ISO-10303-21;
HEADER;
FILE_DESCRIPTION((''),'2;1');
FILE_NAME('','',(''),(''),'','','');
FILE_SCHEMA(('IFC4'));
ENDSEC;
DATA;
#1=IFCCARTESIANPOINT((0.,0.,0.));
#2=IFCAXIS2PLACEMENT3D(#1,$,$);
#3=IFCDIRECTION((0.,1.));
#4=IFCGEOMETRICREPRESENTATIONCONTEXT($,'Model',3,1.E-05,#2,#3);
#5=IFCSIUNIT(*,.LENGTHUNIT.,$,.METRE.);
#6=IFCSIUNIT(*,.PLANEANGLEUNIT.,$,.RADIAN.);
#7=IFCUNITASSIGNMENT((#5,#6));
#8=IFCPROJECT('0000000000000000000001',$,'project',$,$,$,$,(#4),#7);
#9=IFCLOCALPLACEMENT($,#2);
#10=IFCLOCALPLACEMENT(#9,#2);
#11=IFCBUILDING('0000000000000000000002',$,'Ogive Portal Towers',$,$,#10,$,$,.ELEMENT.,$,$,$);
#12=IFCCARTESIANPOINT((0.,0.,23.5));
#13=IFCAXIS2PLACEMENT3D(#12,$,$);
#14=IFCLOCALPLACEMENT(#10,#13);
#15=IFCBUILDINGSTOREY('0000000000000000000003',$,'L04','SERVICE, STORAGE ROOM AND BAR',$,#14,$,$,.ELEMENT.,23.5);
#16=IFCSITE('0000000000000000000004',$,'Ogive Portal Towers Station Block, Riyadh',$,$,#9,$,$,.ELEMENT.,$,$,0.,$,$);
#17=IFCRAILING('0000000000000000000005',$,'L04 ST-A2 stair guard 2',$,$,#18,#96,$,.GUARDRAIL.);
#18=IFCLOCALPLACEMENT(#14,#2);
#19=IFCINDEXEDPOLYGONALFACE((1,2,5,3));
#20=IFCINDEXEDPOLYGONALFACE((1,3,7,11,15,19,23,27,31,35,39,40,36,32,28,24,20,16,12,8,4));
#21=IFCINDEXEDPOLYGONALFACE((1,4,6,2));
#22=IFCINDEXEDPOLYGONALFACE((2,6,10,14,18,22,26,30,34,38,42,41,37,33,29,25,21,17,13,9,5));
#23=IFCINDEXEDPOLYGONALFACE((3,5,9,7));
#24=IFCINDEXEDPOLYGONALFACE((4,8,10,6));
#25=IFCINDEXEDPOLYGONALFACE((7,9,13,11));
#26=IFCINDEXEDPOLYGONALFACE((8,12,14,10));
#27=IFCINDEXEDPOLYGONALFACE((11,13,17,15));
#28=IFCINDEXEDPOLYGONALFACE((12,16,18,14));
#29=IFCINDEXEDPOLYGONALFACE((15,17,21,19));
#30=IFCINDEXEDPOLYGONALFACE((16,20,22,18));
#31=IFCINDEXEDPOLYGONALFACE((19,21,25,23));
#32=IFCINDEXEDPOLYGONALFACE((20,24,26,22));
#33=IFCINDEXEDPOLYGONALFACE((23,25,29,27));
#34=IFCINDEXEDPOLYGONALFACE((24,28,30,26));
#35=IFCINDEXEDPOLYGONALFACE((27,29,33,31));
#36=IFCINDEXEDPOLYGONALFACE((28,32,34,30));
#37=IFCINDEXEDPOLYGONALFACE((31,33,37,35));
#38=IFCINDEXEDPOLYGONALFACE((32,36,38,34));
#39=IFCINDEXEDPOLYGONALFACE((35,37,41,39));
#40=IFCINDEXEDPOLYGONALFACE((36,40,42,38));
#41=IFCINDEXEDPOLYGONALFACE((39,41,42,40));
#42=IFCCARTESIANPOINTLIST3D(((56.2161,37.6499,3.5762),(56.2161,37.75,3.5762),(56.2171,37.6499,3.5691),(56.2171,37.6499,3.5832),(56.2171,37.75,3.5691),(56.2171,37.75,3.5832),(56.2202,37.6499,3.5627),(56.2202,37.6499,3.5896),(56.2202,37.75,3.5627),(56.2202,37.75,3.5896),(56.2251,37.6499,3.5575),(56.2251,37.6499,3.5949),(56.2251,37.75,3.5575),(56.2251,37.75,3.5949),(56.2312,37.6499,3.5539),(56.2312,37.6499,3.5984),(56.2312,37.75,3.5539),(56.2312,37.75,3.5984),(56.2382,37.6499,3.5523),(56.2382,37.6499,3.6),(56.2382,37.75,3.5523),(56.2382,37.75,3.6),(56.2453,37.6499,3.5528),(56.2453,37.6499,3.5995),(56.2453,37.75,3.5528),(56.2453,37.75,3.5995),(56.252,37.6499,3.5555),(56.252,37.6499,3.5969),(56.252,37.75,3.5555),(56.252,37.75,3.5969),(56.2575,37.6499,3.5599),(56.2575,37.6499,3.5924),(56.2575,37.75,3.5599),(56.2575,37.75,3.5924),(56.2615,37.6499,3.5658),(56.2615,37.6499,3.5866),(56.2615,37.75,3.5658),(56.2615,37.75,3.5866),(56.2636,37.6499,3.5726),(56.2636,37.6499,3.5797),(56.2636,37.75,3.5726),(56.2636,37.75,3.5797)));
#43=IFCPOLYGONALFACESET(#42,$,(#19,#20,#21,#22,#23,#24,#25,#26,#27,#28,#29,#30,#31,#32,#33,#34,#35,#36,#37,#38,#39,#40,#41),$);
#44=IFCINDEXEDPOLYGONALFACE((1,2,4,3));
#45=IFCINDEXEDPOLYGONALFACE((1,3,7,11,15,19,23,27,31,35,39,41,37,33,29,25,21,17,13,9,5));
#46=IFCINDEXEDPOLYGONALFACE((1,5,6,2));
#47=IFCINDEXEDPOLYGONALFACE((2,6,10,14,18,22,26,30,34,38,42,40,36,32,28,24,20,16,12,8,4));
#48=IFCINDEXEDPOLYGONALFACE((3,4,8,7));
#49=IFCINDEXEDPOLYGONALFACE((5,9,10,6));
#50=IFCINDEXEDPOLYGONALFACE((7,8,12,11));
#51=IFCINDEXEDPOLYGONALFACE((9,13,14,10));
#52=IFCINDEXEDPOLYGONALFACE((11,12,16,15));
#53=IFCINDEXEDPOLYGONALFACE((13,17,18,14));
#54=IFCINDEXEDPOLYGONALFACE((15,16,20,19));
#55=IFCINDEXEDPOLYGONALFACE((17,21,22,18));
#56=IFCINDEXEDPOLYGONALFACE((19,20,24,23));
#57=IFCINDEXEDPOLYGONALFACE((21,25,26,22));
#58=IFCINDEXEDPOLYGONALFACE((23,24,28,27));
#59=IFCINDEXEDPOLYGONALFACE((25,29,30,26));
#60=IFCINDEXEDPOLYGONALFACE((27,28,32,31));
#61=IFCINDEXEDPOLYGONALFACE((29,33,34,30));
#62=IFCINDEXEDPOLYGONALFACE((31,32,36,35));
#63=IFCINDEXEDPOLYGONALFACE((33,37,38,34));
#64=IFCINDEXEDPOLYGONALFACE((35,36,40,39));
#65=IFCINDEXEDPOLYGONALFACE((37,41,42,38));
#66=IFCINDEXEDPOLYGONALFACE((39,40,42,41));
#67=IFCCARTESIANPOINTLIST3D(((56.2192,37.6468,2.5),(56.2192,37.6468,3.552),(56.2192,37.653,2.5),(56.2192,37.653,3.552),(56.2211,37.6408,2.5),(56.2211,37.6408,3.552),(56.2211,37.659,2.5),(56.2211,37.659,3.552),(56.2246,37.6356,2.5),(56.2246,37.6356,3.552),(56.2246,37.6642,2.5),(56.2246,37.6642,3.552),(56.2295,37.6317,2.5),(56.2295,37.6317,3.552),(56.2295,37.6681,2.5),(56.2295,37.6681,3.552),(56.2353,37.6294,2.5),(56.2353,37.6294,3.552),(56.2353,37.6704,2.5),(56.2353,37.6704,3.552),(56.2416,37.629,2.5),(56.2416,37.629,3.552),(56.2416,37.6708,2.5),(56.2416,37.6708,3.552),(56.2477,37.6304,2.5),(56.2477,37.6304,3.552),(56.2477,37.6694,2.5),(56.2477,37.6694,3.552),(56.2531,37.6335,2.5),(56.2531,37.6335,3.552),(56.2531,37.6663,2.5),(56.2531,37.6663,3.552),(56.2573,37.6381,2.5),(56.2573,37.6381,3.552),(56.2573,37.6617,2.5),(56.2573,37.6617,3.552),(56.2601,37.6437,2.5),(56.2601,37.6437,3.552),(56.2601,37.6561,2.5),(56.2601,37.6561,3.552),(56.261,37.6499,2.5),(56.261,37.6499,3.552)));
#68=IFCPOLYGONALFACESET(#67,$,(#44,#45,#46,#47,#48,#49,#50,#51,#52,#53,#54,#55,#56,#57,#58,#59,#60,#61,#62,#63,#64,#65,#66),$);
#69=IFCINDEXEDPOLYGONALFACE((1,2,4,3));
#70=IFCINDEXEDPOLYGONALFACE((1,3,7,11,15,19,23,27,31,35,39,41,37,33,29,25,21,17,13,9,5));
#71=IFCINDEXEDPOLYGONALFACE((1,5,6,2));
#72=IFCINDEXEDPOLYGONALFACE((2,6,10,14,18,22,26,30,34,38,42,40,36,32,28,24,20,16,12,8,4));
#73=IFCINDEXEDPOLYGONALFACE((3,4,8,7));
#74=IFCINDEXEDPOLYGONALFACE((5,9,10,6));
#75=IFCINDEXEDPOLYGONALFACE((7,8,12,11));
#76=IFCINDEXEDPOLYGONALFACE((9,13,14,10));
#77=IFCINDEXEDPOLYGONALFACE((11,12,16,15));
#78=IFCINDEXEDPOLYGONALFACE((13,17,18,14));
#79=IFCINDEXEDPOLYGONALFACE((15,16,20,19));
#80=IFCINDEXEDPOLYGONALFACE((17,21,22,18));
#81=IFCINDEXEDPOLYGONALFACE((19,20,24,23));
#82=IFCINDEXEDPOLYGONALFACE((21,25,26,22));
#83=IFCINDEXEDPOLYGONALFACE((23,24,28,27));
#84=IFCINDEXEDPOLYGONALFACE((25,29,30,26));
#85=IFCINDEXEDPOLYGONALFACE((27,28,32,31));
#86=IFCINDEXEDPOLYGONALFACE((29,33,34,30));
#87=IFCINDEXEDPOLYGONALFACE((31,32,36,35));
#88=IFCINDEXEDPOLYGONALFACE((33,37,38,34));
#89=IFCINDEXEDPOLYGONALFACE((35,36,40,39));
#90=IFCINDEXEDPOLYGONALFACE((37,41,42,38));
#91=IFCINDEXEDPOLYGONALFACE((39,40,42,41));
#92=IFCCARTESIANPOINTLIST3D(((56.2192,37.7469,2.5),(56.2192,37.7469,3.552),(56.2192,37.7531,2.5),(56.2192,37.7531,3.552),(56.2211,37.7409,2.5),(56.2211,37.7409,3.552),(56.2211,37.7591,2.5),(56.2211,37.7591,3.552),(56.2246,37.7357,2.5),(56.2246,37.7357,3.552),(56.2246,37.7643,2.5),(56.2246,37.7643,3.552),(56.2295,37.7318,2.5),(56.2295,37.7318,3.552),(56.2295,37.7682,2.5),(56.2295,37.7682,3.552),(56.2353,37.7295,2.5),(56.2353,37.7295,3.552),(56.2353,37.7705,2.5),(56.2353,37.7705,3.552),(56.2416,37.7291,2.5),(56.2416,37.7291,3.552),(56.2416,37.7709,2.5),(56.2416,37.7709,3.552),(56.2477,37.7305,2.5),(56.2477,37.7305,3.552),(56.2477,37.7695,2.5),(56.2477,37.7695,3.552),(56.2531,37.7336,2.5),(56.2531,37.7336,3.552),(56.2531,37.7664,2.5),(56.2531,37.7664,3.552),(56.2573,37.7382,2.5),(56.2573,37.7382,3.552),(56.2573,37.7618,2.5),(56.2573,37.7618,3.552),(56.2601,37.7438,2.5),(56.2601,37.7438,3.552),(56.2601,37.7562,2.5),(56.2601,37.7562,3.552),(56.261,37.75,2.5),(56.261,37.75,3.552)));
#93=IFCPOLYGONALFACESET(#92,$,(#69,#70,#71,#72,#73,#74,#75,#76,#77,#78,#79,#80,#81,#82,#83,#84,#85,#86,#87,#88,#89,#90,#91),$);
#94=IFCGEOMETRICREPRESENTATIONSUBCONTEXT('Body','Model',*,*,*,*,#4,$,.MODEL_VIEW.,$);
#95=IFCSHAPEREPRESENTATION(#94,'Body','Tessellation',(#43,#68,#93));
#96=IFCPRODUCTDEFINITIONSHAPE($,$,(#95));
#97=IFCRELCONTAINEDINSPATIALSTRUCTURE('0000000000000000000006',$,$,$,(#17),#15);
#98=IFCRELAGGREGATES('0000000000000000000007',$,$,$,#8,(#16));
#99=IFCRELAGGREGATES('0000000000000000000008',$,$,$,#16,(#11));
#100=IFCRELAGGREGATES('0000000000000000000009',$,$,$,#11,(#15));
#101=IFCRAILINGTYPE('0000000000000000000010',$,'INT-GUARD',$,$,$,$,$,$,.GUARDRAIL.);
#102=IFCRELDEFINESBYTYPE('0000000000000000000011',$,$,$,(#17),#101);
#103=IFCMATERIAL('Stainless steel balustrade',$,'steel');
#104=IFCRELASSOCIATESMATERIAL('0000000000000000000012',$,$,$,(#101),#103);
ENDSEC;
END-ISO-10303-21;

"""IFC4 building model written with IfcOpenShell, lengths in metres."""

from ifc_helpers import new_model, si_unit, direction, frame, origin, origin_2d, place, context, subcontext, project, spatial, circle, extrude, material, type_object, element, save


model = new_model("IFC4")

# Units and contexts
model_context = context("Model", 3, precision=1e-05, world=origin(), true_north=direction((0.0, 1.0)))
body_context = subcontext(model_context, "Body", "Model", "MODEL_VIEW")
ifc_project = project(units=[si_unit("LENGTHUNIT", "METRE"), si_unit("PLANEANGLEUNIT", "RADIAN")], contexts=[model_context])

# Site, building, storey
site_placement = place(None, origin())
site = spatial("IfcSite", under=ifc_project, at=site_placement, Name="Ogive Portal Towers Station Block, Riyadh", CompositionType="ELEMENT", RefElevation=0.0)
building_placement = place(site_placement, origin())
building = spatial("IfcBuilding", under=site, at=building_placement, Name="Ogive Portal Towers", CompositionType="ELEMENT")
storey_placement = place(building_placement, frame((0.0, 0.0, 23.5)))
storey = spatial("IfcBuildingStorey", under=building, at=storey_placement, Name="L04", Description="SERVICE, STORAGE ROOM AND BAR", CompositionType="ELEMENT", Elevation=23.5)

# Railing
ifc_material_1 = material(Name="Stainless steel balustrade", Category="steel")
railing_type_1 = type_object("IfcRailingType", Name="INT-GUARD", PredefinedType="GUARDRAIL", material=ifc_material_1)
railing_1_placement = place(storey_placement, frame((56.24, 37.6499, 2.5)))
element("IfcRailing", 1, at=railing_1_placement, inside=storey, type_object=railing_type_1, Name="L04 ST-A2 stair guard 2", PredefinedType="GUARDRAIL", context=body_context, shape_type="SweptSolid", body=[
    extrude(circle(Radius=0.0239, at=origin_2d()), frame((0.0, 0.0, 1.0762), z_axis=(0.0, 1.0, 0.0), x_axis=(-1.0, 0.0, 0.0)), (0.0, 0.0, 1.0), 0.1001),
    extrude(circle(Radius=0.021, at=origin_2d()), origin(), (0.0, 0.0, 1.0), 1.052),
    extrude(circle(Radius=0.021, at=origin_2d()), frame((0.0, 0.1001, 0.0)), (0.0, 0.0, 1.0), 1.052),
])

save(model, "model.ifc")
